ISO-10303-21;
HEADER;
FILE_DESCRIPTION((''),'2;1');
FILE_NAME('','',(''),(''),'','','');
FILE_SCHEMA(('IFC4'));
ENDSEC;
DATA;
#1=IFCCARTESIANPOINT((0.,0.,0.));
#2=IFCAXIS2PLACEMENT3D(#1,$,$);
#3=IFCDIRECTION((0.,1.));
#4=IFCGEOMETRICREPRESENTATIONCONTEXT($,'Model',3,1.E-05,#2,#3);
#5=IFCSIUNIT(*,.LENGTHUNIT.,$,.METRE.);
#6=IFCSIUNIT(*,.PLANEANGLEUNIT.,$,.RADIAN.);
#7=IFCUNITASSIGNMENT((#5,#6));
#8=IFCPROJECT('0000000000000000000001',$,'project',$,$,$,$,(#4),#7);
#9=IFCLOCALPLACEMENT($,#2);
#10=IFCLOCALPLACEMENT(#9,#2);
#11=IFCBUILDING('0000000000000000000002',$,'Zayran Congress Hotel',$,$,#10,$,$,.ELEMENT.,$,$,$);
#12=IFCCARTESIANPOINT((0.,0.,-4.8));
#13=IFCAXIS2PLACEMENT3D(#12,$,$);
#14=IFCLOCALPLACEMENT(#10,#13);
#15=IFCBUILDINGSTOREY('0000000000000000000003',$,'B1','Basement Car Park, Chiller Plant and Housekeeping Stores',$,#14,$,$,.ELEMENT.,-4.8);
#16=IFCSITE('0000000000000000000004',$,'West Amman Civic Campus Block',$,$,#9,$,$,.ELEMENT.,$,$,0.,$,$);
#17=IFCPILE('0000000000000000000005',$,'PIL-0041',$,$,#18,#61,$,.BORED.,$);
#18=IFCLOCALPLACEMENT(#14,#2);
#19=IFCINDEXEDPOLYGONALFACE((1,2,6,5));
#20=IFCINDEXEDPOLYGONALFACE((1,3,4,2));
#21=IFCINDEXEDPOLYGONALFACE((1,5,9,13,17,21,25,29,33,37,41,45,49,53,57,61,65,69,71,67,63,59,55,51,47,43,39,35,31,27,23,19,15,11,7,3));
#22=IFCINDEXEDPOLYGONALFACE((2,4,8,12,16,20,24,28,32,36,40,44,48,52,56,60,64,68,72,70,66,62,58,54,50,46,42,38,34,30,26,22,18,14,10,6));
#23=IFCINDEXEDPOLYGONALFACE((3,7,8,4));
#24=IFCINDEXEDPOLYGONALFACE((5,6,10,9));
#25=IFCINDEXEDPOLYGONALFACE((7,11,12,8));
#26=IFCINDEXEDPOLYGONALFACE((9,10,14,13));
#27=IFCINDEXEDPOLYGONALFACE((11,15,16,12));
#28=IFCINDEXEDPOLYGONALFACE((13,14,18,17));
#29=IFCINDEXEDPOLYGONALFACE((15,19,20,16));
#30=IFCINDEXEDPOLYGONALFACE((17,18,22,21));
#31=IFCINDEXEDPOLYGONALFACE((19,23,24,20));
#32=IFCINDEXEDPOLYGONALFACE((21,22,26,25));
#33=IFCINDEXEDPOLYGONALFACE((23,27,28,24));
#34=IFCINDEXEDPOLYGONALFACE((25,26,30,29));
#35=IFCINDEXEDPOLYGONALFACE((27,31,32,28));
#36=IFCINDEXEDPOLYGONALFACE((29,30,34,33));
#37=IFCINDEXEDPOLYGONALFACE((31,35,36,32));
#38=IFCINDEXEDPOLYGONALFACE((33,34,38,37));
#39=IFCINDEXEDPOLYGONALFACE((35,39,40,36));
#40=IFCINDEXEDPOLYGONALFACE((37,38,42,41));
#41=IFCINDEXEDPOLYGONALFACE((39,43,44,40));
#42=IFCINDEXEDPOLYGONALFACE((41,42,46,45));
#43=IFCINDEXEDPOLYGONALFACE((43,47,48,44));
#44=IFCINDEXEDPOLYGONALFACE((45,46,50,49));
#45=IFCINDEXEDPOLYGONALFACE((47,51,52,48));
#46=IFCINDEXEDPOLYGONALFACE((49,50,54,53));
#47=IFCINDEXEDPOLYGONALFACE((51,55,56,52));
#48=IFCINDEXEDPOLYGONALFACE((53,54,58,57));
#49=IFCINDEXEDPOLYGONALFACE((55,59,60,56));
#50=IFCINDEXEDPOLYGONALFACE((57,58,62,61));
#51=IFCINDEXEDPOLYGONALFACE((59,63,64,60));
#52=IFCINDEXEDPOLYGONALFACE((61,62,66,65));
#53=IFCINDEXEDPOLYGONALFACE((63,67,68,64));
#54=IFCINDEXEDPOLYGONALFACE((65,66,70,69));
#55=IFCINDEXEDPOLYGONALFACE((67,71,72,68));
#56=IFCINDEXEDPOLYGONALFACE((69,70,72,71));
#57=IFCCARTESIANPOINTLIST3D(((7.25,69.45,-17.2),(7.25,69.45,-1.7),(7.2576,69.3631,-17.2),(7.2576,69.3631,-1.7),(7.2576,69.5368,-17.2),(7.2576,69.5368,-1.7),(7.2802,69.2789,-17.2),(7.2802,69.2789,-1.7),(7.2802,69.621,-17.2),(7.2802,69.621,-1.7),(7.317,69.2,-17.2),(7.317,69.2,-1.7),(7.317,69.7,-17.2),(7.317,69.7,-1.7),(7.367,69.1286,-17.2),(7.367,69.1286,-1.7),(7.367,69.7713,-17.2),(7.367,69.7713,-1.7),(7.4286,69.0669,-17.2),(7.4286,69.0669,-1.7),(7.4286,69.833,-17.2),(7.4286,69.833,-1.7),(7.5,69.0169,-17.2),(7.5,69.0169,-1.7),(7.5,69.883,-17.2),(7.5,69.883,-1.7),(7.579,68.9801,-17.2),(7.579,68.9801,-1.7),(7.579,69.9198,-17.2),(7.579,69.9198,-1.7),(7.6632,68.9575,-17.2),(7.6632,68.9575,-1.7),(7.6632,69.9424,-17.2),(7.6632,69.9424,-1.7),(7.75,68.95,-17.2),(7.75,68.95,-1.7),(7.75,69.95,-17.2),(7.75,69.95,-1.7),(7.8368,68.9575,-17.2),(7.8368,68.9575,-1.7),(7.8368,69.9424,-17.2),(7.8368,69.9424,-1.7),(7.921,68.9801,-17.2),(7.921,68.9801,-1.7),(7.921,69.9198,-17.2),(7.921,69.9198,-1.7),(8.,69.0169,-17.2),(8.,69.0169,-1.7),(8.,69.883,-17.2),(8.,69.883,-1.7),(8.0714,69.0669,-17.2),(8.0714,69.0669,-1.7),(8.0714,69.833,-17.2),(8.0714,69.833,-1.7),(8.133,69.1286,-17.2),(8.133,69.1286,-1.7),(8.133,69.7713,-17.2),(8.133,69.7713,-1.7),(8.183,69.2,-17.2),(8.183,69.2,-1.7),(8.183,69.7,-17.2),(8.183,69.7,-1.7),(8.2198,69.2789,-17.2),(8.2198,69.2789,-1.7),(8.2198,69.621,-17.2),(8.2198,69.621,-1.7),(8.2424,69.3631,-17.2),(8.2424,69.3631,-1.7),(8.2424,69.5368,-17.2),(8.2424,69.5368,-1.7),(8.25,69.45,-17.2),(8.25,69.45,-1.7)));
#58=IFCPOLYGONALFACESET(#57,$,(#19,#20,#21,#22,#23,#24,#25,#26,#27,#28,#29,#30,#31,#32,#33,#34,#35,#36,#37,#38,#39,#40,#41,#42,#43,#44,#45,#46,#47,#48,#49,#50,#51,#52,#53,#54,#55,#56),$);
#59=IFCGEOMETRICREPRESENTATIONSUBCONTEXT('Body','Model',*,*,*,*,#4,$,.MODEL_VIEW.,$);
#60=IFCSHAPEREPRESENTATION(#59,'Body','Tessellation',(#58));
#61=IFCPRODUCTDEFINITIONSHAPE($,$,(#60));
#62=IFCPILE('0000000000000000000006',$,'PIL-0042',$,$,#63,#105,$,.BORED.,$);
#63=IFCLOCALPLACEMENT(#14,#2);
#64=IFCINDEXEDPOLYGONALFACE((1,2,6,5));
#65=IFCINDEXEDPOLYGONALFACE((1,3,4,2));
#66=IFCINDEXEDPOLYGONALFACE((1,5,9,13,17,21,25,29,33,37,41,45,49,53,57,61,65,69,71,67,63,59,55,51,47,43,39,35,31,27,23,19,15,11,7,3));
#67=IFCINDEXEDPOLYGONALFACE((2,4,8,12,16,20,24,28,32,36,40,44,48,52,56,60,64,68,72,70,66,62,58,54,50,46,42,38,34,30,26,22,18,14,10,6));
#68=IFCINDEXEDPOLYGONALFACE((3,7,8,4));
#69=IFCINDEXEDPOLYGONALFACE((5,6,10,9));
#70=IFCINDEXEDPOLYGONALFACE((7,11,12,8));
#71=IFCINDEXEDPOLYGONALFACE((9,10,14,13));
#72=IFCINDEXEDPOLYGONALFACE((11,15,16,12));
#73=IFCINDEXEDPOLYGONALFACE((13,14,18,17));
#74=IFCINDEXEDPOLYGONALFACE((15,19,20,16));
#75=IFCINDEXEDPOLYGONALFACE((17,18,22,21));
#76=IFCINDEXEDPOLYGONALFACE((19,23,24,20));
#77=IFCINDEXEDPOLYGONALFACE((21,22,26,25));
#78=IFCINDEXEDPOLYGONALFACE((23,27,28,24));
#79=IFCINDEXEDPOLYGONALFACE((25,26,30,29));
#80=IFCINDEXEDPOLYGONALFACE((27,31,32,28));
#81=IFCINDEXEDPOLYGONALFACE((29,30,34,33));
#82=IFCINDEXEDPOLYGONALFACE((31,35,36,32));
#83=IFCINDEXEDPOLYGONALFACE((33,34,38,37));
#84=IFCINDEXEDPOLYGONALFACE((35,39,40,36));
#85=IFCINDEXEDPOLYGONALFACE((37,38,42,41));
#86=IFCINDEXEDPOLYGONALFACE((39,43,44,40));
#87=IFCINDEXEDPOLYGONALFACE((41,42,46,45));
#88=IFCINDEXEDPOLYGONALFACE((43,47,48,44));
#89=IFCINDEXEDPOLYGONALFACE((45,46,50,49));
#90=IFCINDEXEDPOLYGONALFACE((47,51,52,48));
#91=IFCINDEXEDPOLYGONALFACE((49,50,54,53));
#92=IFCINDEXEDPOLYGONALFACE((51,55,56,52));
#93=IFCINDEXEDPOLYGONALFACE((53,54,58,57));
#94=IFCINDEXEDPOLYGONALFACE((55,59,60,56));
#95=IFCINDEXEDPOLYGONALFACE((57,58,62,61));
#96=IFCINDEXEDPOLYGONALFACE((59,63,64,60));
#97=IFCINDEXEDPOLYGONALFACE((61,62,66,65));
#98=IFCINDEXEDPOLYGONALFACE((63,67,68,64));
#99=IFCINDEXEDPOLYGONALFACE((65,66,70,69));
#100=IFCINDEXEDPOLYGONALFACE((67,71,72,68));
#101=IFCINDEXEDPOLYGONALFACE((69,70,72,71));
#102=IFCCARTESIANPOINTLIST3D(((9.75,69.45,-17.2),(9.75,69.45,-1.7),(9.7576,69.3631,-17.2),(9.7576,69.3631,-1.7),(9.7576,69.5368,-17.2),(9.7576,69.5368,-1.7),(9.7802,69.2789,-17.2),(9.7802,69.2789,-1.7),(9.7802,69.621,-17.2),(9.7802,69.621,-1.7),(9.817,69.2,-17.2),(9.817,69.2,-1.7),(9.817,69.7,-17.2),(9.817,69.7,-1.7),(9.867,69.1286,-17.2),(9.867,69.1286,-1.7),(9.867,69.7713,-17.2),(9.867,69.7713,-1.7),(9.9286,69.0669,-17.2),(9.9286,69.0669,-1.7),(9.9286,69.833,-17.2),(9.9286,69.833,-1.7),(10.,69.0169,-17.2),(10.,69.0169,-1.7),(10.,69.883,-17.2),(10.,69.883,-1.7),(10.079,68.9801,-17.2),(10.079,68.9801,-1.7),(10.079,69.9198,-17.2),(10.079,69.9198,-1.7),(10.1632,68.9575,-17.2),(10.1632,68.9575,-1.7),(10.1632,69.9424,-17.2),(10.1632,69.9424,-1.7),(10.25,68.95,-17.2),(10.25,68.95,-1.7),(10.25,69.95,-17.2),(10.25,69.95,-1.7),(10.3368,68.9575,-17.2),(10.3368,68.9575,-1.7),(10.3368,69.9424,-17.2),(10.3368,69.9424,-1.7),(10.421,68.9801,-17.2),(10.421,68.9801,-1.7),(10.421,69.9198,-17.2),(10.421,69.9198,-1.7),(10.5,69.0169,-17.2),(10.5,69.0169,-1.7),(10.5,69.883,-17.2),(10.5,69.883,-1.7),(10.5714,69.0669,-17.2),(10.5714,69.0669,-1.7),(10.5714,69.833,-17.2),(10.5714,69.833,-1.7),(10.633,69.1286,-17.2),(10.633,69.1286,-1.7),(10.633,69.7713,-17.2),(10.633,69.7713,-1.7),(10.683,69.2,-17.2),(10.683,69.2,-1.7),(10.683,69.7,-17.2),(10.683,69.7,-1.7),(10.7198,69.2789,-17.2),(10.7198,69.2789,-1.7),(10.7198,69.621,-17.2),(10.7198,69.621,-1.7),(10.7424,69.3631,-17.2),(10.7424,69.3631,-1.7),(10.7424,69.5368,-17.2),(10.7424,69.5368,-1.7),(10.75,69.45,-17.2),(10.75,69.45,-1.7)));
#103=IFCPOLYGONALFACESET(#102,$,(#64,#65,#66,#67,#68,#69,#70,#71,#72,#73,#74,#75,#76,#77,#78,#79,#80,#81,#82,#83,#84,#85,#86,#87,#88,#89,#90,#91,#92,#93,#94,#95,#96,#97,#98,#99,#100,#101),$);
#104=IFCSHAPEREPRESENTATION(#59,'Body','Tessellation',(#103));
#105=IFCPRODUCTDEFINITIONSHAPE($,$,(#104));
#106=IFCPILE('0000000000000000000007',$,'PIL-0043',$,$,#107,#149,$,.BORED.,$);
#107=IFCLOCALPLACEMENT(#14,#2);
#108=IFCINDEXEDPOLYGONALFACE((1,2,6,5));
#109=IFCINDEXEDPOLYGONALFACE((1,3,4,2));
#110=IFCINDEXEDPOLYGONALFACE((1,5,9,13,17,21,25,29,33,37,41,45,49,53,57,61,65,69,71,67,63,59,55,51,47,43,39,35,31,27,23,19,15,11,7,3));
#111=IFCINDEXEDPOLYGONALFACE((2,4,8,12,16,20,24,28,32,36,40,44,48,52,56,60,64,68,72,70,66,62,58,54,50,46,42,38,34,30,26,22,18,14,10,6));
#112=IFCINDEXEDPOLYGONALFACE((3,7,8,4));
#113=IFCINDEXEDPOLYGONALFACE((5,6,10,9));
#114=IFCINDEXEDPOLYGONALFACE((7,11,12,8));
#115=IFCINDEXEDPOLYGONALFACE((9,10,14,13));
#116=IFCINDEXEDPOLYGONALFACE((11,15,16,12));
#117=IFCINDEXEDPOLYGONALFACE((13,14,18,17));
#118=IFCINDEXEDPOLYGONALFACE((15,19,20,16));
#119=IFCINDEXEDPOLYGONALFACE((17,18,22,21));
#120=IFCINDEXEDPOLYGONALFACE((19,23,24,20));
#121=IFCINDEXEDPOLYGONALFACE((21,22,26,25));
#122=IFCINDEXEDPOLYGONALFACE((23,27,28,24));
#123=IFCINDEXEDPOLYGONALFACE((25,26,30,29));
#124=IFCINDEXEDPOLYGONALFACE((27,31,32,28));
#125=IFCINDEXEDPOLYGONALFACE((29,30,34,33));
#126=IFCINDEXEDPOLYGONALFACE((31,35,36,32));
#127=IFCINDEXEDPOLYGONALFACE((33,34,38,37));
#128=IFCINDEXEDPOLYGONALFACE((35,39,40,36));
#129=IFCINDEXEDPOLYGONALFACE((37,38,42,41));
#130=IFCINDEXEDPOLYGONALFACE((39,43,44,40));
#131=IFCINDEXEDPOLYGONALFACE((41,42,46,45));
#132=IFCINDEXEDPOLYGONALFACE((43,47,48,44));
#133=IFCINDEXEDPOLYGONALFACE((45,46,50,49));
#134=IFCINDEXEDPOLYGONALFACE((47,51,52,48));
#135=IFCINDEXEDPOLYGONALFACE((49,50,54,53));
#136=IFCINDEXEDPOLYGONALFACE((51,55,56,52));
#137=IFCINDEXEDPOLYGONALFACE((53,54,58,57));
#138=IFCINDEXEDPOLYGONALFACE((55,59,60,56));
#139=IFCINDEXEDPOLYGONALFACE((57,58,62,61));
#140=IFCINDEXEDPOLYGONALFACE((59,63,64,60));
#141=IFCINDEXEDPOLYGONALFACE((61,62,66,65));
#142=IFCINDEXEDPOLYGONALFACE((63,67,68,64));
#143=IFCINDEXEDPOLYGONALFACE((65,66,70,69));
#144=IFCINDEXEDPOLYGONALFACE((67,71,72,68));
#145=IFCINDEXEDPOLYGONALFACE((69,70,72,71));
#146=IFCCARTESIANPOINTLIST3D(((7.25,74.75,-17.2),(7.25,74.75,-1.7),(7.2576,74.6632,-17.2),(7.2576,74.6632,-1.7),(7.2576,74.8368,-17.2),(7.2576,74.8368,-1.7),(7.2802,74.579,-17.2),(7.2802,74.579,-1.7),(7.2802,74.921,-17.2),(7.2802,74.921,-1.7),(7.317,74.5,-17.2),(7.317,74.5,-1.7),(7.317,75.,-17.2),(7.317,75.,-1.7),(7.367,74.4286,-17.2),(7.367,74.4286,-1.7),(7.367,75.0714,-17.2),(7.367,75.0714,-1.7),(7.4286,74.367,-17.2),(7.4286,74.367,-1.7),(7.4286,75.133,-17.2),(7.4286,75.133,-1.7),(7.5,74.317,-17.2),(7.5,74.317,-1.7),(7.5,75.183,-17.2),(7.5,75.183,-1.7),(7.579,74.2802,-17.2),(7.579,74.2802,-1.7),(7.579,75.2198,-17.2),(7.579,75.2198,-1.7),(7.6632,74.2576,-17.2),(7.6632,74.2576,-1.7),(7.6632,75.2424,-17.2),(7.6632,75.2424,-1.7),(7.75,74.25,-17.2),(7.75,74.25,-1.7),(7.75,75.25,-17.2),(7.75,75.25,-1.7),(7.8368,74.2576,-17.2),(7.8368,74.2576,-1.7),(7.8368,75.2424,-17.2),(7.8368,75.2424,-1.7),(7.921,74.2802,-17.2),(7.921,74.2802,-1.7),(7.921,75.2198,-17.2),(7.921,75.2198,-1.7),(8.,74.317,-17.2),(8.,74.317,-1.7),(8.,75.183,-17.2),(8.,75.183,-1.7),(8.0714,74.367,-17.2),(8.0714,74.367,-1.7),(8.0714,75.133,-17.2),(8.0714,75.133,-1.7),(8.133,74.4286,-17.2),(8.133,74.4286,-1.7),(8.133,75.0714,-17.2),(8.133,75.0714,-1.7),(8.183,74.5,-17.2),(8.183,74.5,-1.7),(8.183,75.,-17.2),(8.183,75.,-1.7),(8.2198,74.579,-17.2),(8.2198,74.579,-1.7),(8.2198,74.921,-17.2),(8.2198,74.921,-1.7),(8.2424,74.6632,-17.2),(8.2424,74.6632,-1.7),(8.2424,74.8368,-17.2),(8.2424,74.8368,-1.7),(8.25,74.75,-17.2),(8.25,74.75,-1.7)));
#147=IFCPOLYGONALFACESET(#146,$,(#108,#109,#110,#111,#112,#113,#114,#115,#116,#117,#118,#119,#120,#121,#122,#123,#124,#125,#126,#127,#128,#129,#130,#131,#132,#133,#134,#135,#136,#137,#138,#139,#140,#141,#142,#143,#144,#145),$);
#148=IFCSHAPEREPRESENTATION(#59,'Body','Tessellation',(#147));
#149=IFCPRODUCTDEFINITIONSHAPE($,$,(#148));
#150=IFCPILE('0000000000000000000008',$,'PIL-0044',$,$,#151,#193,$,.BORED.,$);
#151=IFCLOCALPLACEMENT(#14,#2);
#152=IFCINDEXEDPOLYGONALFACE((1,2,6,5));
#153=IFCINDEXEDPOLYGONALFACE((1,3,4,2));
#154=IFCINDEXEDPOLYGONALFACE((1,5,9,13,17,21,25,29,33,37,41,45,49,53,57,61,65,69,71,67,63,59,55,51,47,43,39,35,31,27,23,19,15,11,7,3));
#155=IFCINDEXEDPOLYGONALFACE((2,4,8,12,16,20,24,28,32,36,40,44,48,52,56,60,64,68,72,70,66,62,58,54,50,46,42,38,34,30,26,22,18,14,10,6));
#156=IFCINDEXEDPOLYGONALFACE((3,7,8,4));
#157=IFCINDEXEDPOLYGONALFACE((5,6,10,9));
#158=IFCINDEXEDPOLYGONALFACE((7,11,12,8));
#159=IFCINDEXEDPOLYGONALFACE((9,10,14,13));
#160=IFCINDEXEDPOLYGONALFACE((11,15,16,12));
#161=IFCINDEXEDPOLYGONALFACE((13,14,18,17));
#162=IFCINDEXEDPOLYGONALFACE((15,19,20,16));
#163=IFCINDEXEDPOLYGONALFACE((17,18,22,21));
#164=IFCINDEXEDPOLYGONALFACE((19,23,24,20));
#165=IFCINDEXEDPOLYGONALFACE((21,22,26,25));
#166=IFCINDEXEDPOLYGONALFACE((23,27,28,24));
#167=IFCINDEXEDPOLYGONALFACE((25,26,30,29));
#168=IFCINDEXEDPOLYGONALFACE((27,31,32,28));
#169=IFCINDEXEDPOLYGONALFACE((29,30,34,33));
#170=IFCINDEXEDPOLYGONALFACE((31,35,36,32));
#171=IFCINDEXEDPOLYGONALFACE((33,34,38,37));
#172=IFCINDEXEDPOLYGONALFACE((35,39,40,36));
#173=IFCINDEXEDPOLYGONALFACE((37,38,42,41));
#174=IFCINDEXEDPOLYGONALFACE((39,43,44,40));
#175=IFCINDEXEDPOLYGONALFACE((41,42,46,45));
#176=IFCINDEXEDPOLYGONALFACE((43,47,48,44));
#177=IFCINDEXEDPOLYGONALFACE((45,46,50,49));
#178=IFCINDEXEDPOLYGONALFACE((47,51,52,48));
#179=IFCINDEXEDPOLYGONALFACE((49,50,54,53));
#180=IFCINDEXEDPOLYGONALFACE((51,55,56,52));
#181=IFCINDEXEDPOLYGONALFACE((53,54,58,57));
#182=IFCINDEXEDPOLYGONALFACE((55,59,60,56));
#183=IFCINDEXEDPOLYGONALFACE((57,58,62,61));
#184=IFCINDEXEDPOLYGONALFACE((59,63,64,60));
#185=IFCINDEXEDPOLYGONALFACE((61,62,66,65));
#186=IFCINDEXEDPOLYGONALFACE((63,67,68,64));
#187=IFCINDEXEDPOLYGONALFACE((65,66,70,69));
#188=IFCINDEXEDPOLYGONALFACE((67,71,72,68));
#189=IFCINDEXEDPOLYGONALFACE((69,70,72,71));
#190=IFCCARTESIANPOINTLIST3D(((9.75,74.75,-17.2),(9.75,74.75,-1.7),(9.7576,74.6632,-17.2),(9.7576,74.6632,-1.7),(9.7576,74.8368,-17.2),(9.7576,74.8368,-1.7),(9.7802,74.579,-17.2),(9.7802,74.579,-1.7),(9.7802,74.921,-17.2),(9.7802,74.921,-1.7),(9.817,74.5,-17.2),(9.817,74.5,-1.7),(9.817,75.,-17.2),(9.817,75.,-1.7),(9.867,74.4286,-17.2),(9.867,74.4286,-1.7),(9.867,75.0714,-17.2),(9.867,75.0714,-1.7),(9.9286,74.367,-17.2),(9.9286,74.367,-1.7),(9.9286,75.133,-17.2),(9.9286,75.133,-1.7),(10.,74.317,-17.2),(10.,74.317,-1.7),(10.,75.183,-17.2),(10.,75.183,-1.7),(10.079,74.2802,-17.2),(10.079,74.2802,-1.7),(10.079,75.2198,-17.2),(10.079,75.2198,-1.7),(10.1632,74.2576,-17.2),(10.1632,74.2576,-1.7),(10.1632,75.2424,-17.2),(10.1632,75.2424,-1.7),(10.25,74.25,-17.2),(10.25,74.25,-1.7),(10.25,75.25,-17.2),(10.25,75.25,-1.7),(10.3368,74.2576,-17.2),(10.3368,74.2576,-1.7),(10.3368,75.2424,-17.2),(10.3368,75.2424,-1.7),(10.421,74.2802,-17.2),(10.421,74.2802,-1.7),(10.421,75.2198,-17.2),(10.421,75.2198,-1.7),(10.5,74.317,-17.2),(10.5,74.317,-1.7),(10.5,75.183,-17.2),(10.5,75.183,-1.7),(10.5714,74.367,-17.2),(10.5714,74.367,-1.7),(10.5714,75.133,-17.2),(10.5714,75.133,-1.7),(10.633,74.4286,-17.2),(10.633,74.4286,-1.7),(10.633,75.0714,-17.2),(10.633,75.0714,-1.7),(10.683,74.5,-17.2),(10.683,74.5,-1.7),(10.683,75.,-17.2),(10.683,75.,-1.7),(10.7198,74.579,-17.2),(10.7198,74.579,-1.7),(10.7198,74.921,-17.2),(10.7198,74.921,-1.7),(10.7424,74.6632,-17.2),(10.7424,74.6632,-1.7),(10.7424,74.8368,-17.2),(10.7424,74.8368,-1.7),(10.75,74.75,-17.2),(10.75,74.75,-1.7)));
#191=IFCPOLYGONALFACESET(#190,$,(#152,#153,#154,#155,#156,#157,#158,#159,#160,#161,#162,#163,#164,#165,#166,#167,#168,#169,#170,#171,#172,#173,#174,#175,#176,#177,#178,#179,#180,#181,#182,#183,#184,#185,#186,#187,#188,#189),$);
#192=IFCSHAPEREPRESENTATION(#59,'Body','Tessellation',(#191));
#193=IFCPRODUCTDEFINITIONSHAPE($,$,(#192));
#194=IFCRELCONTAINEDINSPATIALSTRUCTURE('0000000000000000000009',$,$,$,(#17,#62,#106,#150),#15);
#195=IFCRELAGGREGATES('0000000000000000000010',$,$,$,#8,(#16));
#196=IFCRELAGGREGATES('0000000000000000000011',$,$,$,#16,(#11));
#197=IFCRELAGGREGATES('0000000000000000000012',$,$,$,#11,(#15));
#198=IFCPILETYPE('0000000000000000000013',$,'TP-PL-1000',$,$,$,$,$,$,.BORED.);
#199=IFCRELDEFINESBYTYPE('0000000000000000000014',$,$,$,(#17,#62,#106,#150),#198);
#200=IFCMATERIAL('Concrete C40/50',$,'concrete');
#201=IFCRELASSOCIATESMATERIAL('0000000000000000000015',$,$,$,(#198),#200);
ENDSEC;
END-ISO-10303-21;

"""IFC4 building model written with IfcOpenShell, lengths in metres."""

from ifc_helpers import new_model, si_unit, direction, frame, origin, origin_2d, place, context, subcontext, project, spatial, circle, extrude, material, material_profile, profile_set, type_object, element, save


model = new_model("IFC4")

# Units and contexts
model_context = context("Model", 3, precision=1e-05, world=origin(), true_north=direction((0.0, 1.0)))
body_context = subcontext(model_context, "Body", "Model", "MODEL_VIEW")
ifc_project = project(units=[si_unit("LENGTHUNIT", "METRE"), si_unit("PLANEANGLEUNIT", "RADIAN")], contexts=[model_context])

# Site, building, storey
site_placement = place(None, origin())
site = spatial("IfcSite", under=ifc_project, at=site_placement, Name="West Amman Civic Campus Block", CompositionType="ELEMENT", RefElevation=0.0)
building_placement = place(site_placement, origin())
building = spatial("IfcBuilding", under=site, at=building_placement, Name="Zayran Congress Hotel", CompositionType="ELEMENT")
storey_placement = place(building_placement, frame((0.0, 0.0, -4.8)))
storey = spatial("IfcBuildingStorey", under=building, at=storey_placement, Name="B1", Description="Basement Car Park, Chiller Plant and Housekeeping Stores", CompositionType="ELEMENT", Elevation=-4.8)

# Piles
ifc_material = material(Name="Concrete C40/50", Category="concrete")
ifc_material_profile_1 = material_profile(ifc_material, circle(Radius=0.5, at=origin_2d()), Name="PILE D1000")
ifc_profile_set_1 = profile_set([ifc_material_profile_1], Name="Concrete C40/50")
pile_type = type_object("IfcPileType", Name="TP-PL-1000", PredefinedType="BORED", material=ifc_profile_set_1)
for number, where, z_axis, x_axis, name in (
    (1, (7.75, 69.45, -1.7), (0.0, 0.0, -1.0), (1.0, 0.0, 0.0), "PIL-0041"),
    (2, (10.25, 69.45, -1.7), (0.0, 0.0, -1.0), (1.0, 0.0, 0.0), "PIL-0042"),
    (3, (7.75, 74.75, -1.7), (0.0, 0.0, -1.0), (1.0, 0.0, 0.0), "PIL-0043"),
    (4, (10.25, 74.75, -1.7), (0.0, 0.0, -1.0), (1.0, 0.0, 0.0), "PIL-0044"),
):
    element("IfcPile", number, at=place(storey_placement, frame(where, z_axis=z_axis, x_axis=x_axis)), inside=storey, type_object=pile_type, Name=name, PredefinedType="BORED", context=body_context, shape_type="SweptSolid", body=[
        extrude(circle(Radius=0.5, at=origin_2d()), origin(), (0.0, 0.0, 1.0), 15.5),
    ])

save(model, "model.ifc")
